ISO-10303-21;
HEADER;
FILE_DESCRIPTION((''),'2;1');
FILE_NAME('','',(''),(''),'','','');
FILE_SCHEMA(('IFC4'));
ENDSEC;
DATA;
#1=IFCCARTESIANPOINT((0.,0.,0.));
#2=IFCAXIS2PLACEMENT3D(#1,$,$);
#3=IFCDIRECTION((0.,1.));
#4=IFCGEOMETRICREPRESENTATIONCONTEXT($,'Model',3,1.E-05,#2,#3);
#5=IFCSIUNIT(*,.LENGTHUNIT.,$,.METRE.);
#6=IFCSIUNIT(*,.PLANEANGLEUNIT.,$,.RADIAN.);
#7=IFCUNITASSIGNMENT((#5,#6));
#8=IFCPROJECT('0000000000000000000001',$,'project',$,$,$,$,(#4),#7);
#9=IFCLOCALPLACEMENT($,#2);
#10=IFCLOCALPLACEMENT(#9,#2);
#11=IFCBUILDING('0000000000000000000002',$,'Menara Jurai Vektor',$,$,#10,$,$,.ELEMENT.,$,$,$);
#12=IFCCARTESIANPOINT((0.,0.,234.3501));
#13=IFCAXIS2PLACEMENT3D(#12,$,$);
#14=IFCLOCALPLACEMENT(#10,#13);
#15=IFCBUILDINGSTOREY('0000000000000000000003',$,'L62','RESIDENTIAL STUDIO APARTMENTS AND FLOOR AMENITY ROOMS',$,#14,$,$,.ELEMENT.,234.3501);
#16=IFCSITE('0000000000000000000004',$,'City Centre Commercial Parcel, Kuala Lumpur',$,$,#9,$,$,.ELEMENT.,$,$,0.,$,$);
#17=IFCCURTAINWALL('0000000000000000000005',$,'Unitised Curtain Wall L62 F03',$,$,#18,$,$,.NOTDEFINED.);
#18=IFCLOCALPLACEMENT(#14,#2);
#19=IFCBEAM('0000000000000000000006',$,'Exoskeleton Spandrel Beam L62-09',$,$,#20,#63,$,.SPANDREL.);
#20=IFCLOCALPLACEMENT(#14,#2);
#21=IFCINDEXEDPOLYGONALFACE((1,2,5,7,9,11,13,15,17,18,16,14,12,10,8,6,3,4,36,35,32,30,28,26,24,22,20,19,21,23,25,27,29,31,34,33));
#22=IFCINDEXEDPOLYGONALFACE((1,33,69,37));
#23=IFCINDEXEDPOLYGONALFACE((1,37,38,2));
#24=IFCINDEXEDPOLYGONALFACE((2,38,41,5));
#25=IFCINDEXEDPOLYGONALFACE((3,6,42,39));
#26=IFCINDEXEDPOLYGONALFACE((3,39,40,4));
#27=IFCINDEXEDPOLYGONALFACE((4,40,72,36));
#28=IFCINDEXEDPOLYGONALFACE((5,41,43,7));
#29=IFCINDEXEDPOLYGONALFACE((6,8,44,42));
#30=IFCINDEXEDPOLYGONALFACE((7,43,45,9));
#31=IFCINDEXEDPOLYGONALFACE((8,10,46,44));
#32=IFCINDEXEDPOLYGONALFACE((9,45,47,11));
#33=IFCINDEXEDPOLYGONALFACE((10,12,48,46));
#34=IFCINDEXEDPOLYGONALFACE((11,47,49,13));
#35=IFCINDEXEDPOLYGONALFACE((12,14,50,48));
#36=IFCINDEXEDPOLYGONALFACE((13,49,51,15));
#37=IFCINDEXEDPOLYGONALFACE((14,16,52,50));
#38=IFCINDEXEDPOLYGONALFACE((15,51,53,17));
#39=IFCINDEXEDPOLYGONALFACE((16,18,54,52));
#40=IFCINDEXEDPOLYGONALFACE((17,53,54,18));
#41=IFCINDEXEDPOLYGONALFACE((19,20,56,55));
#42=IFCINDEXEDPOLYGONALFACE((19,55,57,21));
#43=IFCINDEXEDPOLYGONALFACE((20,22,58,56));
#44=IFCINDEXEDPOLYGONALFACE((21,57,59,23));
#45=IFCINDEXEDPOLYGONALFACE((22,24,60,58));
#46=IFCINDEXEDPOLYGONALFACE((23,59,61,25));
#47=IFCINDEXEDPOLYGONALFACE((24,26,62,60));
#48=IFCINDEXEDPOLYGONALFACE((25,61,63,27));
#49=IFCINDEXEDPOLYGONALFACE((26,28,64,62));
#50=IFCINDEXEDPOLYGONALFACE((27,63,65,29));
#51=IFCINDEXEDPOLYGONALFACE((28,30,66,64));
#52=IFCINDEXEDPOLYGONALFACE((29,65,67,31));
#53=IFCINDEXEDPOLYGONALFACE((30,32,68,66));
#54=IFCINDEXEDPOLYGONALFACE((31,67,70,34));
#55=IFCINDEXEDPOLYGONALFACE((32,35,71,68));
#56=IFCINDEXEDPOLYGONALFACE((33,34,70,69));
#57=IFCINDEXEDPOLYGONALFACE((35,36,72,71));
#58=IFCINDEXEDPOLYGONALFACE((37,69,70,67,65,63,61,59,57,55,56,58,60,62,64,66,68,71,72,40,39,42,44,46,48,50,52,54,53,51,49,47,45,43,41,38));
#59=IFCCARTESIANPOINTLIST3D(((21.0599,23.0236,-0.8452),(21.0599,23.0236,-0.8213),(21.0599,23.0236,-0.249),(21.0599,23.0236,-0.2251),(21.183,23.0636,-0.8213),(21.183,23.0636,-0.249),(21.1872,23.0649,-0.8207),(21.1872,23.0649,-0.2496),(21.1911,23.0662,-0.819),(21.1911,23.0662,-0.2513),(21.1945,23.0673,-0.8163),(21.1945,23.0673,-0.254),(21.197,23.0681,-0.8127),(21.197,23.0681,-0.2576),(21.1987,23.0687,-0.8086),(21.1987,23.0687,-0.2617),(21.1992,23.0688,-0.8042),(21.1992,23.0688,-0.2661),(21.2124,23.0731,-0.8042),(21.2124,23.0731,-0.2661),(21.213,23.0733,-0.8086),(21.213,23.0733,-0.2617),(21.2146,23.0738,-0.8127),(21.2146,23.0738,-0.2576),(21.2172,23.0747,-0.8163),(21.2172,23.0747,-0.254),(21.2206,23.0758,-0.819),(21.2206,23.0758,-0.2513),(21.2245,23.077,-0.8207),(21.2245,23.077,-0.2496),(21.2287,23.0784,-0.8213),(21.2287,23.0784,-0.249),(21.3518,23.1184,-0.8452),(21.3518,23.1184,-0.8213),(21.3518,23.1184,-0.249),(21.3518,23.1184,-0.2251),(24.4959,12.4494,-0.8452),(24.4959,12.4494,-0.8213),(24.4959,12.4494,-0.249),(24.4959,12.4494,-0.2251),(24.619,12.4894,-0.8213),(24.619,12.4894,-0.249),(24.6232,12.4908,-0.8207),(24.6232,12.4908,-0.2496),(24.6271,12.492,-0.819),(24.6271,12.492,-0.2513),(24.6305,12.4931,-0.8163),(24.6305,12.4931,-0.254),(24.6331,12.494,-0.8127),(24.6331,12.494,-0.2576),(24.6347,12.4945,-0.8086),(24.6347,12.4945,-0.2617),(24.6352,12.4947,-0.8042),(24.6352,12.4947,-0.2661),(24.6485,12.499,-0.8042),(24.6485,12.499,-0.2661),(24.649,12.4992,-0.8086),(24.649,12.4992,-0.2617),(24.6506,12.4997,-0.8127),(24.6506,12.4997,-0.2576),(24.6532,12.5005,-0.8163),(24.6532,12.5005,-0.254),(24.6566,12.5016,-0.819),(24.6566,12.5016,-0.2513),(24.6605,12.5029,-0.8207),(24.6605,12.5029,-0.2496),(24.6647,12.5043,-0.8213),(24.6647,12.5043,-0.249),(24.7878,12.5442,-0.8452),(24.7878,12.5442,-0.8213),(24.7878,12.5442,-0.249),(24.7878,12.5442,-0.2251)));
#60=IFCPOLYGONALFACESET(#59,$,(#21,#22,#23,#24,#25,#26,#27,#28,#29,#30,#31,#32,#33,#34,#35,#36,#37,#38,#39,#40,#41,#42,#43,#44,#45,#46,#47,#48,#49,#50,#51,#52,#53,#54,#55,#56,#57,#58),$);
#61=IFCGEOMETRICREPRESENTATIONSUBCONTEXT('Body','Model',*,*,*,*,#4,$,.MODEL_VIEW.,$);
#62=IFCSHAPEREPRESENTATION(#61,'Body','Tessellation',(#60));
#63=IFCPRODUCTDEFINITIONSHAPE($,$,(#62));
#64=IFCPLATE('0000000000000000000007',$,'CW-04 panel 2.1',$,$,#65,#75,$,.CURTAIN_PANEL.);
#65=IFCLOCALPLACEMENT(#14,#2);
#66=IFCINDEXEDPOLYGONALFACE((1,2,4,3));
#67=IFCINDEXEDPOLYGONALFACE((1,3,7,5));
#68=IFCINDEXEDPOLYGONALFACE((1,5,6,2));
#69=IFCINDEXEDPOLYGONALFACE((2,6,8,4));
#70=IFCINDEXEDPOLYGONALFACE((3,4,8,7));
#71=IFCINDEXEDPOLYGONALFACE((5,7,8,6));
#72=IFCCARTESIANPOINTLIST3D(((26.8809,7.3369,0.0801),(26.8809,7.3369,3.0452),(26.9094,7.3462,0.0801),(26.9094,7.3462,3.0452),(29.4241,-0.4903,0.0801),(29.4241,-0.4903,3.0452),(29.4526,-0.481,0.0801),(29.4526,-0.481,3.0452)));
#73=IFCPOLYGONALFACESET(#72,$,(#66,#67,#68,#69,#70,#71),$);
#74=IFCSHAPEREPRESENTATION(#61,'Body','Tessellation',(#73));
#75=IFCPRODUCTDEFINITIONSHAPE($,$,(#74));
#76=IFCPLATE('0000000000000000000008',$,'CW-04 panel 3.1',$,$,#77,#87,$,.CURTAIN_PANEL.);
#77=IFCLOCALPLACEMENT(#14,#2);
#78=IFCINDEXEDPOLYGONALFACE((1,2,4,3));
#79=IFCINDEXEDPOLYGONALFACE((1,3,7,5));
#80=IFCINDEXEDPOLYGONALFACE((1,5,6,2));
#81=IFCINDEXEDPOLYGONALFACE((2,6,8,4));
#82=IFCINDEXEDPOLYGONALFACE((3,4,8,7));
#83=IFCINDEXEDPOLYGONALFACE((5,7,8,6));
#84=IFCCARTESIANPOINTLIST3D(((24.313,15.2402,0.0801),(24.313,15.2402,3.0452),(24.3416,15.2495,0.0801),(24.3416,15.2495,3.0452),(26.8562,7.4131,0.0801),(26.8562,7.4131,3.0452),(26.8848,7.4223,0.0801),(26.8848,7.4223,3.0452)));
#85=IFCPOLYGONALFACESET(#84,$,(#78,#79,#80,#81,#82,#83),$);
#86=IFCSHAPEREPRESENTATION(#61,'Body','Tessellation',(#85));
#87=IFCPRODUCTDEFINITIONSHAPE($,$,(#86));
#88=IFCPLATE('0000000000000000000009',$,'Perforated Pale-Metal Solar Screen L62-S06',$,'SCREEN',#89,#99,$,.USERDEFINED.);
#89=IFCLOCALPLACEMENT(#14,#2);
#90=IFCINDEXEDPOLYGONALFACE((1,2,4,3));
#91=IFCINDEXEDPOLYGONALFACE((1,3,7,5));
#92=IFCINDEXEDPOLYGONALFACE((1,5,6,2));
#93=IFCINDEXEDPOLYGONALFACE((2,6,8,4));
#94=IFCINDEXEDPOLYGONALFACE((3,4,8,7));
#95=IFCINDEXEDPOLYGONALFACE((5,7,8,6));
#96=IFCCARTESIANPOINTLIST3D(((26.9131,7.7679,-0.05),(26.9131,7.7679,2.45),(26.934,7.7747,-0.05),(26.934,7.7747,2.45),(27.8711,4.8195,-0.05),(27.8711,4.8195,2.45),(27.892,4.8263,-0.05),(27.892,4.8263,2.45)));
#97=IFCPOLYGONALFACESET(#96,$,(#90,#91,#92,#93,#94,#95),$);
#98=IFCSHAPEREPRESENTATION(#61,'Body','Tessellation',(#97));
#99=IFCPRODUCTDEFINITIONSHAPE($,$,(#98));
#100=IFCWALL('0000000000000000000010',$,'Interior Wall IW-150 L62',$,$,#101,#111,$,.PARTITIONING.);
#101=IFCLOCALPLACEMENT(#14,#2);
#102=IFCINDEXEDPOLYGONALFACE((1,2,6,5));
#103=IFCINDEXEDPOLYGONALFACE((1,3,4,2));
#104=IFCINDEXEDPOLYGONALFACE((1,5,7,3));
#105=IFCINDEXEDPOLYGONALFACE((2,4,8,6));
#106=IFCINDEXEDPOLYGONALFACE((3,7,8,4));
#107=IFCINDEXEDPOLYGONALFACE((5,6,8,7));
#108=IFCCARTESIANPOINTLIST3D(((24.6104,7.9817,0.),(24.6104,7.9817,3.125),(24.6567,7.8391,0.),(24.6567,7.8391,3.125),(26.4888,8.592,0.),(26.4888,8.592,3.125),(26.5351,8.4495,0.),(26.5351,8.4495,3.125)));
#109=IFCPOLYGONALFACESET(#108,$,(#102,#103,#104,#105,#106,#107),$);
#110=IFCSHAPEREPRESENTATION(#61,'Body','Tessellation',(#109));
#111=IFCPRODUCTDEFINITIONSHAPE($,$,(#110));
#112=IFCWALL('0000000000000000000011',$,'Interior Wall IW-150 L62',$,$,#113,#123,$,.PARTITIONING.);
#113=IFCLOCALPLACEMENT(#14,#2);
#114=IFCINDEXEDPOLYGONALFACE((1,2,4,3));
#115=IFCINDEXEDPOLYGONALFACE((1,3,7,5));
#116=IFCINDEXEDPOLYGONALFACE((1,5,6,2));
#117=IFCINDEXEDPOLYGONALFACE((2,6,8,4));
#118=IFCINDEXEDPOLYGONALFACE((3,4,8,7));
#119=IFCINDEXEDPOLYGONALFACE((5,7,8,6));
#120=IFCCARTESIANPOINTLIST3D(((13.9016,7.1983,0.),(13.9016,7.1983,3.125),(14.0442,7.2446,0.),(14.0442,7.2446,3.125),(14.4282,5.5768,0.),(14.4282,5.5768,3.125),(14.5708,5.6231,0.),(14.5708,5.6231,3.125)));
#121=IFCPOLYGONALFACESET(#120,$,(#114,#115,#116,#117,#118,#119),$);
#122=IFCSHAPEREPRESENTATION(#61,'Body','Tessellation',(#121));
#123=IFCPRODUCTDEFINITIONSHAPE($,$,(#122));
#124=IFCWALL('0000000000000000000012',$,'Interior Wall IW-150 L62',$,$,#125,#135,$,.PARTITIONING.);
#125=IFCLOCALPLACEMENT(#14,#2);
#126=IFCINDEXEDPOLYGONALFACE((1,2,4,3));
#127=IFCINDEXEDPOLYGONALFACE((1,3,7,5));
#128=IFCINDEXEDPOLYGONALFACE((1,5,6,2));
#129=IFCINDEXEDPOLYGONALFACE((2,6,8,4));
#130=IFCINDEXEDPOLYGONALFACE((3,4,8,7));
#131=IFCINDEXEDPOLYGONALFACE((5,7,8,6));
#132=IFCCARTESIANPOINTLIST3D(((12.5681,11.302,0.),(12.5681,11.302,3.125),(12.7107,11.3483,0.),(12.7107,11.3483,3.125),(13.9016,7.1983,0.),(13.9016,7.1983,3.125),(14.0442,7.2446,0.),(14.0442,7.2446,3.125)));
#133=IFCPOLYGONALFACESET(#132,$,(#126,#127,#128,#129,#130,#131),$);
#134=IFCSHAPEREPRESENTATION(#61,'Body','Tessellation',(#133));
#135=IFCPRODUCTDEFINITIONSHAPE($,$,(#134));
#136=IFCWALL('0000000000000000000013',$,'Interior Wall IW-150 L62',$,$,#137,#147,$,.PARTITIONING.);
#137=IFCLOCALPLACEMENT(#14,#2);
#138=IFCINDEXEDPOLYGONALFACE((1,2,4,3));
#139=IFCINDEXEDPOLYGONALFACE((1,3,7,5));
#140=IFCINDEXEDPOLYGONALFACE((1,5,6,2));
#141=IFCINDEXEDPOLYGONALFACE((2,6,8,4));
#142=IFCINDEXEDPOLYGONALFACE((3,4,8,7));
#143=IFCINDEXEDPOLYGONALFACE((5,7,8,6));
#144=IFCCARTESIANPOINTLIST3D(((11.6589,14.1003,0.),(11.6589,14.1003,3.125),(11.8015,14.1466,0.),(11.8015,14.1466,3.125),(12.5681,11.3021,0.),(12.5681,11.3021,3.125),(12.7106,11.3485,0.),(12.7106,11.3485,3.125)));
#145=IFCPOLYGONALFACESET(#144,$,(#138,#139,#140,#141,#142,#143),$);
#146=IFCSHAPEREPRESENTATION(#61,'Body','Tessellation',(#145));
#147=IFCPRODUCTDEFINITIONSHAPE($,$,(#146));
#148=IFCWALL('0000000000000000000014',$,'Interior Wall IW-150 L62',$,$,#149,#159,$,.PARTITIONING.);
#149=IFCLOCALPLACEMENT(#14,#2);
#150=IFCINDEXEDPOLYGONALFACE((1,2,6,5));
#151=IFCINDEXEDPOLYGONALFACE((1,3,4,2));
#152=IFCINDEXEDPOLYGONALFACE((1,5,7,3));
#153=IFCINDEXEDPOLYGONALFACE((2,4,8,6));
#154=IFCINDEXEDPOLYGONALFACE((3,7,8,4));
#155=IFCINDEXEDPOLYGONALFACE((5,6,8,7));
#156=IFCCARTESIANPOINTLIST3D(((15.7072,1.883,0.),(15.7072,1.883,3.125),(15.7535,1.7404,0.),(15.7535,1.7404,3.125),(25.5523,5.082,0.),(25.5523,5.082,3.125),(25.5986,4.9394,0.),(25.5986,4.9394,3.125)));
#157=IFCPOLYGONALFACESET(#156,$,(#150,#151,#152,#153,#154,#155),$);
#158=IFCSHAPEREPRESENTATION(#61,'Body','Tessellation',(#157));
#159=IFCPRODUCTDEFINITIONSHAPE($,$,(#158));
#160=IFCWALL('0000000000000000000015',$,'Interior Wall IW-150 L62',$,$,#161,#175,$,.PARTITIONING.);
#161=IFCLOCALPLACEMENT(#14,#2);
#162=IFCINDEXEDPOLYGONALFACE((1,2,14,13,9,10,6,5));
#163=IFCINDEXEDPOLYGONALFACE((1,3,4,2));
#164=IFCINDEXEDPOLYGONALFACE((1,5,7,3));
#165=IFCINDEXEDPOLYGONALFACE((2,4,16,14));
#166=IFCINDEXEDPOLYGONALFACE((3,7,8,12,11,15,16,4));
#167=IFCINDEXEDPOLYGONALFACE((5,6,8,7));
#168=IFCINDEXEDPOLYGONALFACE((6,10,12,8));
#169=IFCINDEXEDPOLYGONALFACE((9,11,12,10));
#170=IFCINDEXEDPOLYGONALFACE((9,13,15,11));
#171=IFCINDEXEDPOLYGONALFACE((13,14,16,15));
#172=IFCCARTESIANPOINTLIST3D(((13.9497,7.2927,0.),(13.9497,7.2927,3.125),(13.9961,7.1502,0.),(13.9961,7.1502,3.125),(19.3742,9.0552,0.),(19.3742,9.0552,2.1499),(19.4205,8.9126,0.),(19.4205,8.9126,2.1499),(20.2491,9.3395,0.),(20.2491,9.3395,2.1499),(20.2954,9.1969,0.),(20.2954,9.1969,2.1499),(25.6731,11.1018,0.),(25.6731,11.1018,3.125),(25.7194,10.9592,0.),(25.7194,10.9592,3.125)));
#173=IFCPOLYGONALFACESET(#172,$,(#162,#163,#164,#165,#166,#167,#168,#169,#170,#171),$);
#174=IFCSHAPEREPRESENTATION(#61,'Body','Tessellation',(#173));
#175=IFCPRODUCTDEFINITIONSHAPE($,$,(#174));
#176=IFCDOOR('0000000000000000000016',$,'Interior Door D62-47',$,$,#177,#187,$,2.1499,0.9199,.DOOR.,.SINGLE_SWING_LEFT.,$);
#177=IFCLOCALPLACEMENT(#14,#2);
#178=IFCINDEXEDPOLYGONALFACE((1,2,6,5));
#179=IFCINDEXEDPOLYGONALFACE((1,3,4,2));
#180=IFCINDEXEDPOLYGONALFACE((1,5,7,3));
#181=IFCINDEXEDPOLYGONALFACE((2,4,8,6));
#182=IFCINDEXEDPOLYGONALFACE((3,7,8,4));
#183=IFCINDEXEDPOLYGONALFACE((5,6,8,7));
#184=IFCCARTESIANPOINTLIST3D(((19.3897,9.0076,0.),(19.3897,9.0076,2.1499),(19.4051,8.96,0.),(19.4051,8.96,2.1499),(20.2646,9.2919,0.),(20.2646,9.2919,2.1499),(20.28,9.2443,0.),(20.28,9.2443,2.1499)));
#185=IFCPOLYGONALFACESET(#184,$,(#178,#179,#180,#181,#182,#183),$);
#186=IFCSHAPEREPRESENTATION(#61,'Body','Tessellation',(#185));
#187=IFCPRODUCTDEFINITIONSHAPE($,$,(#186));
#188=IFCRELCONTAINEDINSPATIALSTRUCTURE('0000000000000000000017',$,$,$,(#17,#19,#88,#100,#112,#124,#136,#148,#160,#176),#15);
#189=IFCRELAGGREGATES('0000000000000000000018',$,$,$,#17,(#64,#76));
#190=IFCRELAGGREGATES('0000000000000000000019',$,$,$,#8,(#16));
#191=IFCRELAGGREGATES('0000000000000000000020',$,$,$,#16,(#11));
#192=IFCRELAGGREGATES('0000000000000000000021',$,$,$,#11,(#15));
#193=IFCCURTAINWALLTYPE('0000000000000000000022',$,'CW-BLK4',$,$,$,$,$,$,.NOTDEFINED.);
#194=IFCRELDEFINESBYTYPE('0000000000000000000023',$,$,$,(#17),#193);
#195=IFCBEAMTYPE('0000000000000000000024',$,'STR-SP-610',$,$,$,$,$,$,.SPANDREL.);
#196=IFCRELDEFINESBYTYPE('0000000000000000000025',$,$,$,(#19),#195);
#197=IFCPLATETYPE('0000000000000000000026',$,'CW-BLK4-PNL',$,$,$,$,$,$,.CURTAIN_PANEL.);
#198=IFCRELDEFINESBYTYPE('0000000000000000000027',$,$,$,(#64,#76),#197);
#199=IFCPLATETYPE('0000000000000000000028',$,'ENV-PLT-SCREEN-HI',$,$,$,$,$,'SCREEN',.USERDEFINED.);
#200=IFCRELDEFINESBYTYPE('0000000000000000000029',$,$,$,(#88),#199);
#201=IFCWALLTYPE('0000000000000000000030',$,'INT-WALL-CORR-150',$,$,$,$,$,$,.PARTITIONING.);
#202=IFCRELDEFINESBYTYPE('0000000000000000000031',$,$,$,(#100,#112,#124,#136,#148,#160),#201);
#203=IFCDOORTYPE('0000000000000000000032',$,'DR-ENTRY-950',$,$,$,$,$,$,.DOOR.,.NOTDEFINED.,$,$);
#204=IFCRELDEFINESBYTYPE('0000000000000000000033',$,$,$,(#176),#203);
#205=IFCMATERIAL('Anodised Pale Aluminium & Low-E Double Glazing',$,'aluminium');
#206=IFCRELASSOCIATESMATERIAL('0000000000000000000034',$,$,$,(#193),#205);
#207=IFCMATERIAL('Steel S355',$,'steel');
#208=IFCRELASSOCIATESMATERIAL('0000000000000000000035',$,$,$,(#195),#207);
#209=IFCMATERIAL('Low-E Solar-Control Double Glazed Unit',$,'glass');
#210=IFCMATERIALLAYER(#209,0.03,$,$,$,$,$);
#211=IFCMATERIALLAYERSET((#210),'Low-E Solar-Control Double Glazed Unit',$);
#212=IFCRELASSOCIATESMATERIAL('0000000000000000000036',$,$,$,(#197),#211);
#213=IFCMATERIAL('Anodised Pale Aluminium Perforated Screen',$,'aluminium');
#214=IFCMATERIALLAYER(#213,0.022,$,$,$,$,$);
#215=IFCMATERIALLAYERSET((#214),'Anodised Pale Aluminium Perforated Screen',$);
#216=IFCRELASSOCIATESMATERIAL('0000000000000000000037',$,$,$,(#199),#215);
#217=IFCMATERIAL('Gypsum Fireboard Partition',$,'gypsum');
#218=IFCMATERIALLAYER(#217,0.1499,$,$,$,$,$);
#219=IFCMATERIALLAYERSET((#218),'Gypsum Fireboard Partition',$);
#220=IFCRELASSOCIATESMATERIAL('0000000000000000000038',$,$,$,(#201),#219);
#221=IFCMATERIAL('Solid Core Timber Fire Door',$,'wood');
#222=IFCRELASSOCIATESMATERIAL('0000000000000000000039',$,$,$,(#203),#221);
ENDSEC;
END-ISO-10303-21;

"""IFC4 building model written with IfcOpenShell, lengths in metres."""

from ifc_helpers import new_model, si_unit, direction, frame, frame_2d, origin, origin_2d, place, context, subcontext, project, spatial, rectangle, i_section, extrude, material, layer, layer_set, material_profile, profile_set, type_object, element, fill, aggregate, save


model = new_model("IFC4")

# Units and contexts
model_context = context("Model", 3, precision=1e-05, world=origin(), true_north=direction((0.0, 1.0)))
body_context = subcontext(model_context, "Body", "Model", "MODEL_VIEW")
ifc_project = project(units=[si_unit("LENGTHUNIT", "METRE"), si_unit("PLANEANGLEUNIT", "RADIAN")], contexts=[model_context])

# Site, building, storey
site_placement = place(None, origin())
site = spatial("IfcSite", under=ifc_project, at=site_placement, Name="City Centre Commercial Parcel, Kuala Lumpur", CompositionType="ELEMENT", RefElevation=0.0)
building_placement = place(site_placement, origin())
building = spatial("IfcBuilding", under=site, at=building_placement, Name="Menara Jurai Vektor", CompositionType="ELEMENT")
storey_placement = place(building_placement, frame((0.0, 0.0, 234.3501)))
storey = spatial("IfcBuildingStorey", under=building, at=storey_placement, Name="L62", Description="RESIDENTIAL STUDIO APARTMENTS AND FLOOR AMENITY ROOMS", CompositionType="ELEMENT", Elevation=234.3501)

# Curtain wall
ifc_material_1 = material(Name="Anodised Pale Aluminium & Low-E Double Glazing", Category="aluminium")
curtain_wall_type = type_object("IfcCurtainWallType", Name="CW-BLK4", PredefinedType="NOTDEFINED", material=ifc_material_1)
curtain_wall_placement = place(storey_placement, origin())
curtain_wall = element("IfcCurtainWall", 1, at=curtain_wall_placement, inside=storey, type_object=curtain_wall_type, Name="Unitised Curtain Wall L62 F03", PredefinedType="NOTDEFINED")

# Beam
ifc_material_2 = material(Name="Steel S355", Category="steel")
ifc_material_profile_1 = material_profile(ifc_material_2, i_section(OverallWidth=0.3069, OverallDepth=0.6201, WebThickness=0.0139, FlangeThickness=0.0239, FilletRadius=0.0171, at=origin_2d()), Name="UKB 610x305x179")
ifc_profile_set_1 = profile_set([ifc_material_profile_1], Name="Steel S355")
beam_type_1 = type_object("IfcBeamType", Name="STR-SP-610", PredefinedType="SPANDREL", material=ifc_profile_set_1)
beam_1_placement = place(storey_placement, frame((24.6418, 12.4968, -0.5352), z_axis=(-0.309038, 0.95105, 0.0), x_axis=(-0.95105, -0.309038, 0.0)))
element("IfcBeam", 2, at=beam_1_placement, inside=storey, type_object=beam_type_1, Name="Exoskeleton Spandrel Beam L62-09", PredefinedType="SPANDREL", context=body_context, shape_type="SweptSolid", body=[
    extrude(i_section(OverallWidth=0.3069, OverallDepth=0.6201, WebThickness=0.0139, FlangeThickness=0.0239, FilletRadius=0.0171, at=origin_2d()), origin(), (0.0, 0.0, 1.0), 11.1184),
])

# Plates
ifc_material_3 = material(Name="Low-E Solar-Control Double Glazed Unit", Category="glass")
ifc_layer_1 = layer(ifc_material_3, 0.03)
ifc_layer_set_1 = layer_set([ifc_layer_1], Name="Low-E Solar-Control Double Glazed Unit")
plate_type_1 = type_object("IfcPlateType", Name="CW-BLK4-PNL", PredefinedType="CURTAIN_PANEL", material=ifc_layer_set_1)
plate_1_placement = place(storey_placement, frame((28.1667, 3.428, 0.0801), z_axis=(0.0, 0.0, 1.0), x_axis=(-0.309016, 0.951057, 0.0)))
plate_1 = element("IfcPlate", 3, at=plate_1_placement, type_object=plate_type_1, Name="CW-04 panel 2.1", PredefinedType="CURTAIN_PANEL", context=body_context, shape_type="SweptSolid", body=[
    extrude(rectangle(XDim=8.23, YDim=0.03, at=origin_2d()), origin(), (0.0, 0.0, 1.0), 2.9651),
])
plate_2_placement = place(storey_placement, frame((25.5989, 11.3313, 0.0801), z_axis=(0.0, 0.0, 1.0), x_axis=(-0.309016, 0.951057, 0.0)))
plate_2 = element("IfcPlate", 4, at=plate_2_placement, type_object=plate_type_1, Name="CW-04 panel 3.1", PredefinedType="CURTAIN_PANEL", context=body_context, shape_type="SweptSolid", body=[
    extrude(rectangle(XDim=8.23, YDim=0.03, at=origin_2d()), origin(), (0.0, 0.0, 1.0), 2.9651),
])
aggregate(curtain_wall, [plate_1, plate_2])
ifc_material_4 = material(Name="Anodised Pale Aluminium Perforated Screen", Category="aluminium")
ifc_layer_2 = layer(ifc_material_4, 0.022)
ifc_layer_set_2 = layer_set([ifc_layer_2], Name="Anodised Pale Aluminium Perforated Screen")
plate_type_2 = type_object("IfcPlateType", Name="ENV-PLT-SCREEN-HI", ElementType="SCREEN", PredefinedType="USERDEFINED", material=ifc_layer_set_2)
plate_3_placement = place(storey_placement, frame((27.4026, 6.2971, -0.05), z_axis=(0.0, 0.0, 1.0), x_axis=(-0.309017, 0.951057, 0.0)))
element("IfcPlate", 5, at=plate_3_placement, inside=storey, type_object=plate_type_2, Name="Perforated Pale-Metal Solar Screen L62-S06", ObjectType="SCREEN", PredefinedType="USERDEFINED", context=body_context, shape_type="SweptSolid", body=[
    extrude(rectangle(XDim=3.1001, YDim=0.022, at=origin_2d()), origin(), (0.0, 0.0, 1.0), 2.5),
])

# Shared definitions
ifc_material_5 = material(Name="Gypsum Fireboard Partition", Category="gypsum")
ifc_layer_3 = layer(ifc_material_5, 0.1499)
ifc_layer_set_3 = layer_set([ifc_layer_3], Name="Gypsum Fireboard Partition")
wall_type_1 = type_object("IfcWallType", Name="INT-WALL-CORR-150", PredefinedType="PARTITIONING", material=ifc_layer_set_3)
ifc_material_6 = material(Name="Solid Core Timber Fire Door", Category="wood")
door_type = type_object("IfcDoorType", Name="DR-ENTRY-950", OperationType="NOTDEFINED", PredefinedType="DOOR", material=ifc_material_6)

# Walls
wall_1_placement = place(storey_placement, frame((24.6335, 7.9104, 0.0), z_axis=(0.0, 0.0, 1.0), x_axis=(0.951054, 0.309025, 0.0)))
element("IfcWall", 6, at=wall_1_placement, inside=storey, type_object=wall_type_1, Name="Interior Wall IW-150 L62", PredefinedType="PARTITIONING", context=body_context, shape_type="SweptSolid", body=[
    extrude(rectangle(XDim=1.9751, YDim=0.1499, at=frame_2d((0.9875, 0.0))), origin(), (0.0, 0.0, 1.0), 3.125),
])
wall_2_placement = place(storey_placement, frame((14.4995, 5.5999, 0.0), z_axis=(0.0, 0.0, 1.0), x_axis=(-0.308872, 0.951103, 0.0)))
element("IfcWall", 7, at=wall_2_placement, inside=storey, type_object=wall_type_1, Name="Interior Wall IW-150 L62", PredefinedType="PARTITIONING", context=body_context, shape_type="SweptSolid", body=[
    extrude(rectangle(XDim=1.7048, YDim=0.1499, at=frame_2d((0.8525, 0.0))), origin(), (0.0, 0.0, 1.0), 3.125),
])
wall_3_placement = place(storey_placement, frame((13.9729, 7.2214, 0.0), z_axis=(0.0, 0.0, 1.0), x_axis=(-0.309039, 0.951049, 0.0)))
element("IfcWall", 8, at=wall_3_placement, inside=storey, type_object=wall_type_1, Name="Interior Wall IW-150 L62", PredefinedType="PARTITIONING", context=body_context, shape_type="SweptSolid", body=[
    extrude(rectangle(XDim=4.3149, YDim=0.1499, at=frame_2d((2.1575, 0.0))), origin(), (0.0, 0.0, 1.0), 3.125),
])
wall_4_placement = place(storey_placement, frame((12.6394, 11.3252, 0.0), z_axis=(0.0, 0.0, 1.0), x_axis=(-0.309024, 0.951054, 0.0)))
element("IfcWall", 9, at=wall_4_placement, inside=storey, type_object=wall_type_1, Name="Interior Wall IW-150 L62", PredefinedType="PARTITIONING", context=body_context, shape_type="SweptSolid", body=[
    extrude(rectangle(XDim=2.9421, YDim=0.1499, at=frame_2d((1.4712, 0.0))), origin(), (0.0, 0.0, 1.0), 3.125),
])
wall_5_placement = place(storey_placement, frame((15.7305, 1.8118, 0.0), z_axis=(0.0, 0.0, 1.0), x_axis=(0.951055, 0.309023, 0.0)))
element("IfcWall", 10, at=wall_5_placement, inside=storey, type_object=wall_type_1, Name="Interior Wall IW-150 L62", PredefinedType="PARTITIONING", context=body_context, shape_type="SweptSolid", body=[
    extrude(rectangle(XDim=10.3518, YDim=0.1499, at=frame_2d((5.1758, 0.0))), origin(), (0.0, 0.0, 1.0), 3.125),
])

# Wall, opening, door
wall_6_placement = place(storey_placement, frame((13.9729, 7.2214, 0.0), z_axis=(0.0, 0.0, 1.0), x_axis=(0.951058, 0.309011, 0.0)))
wall_6 = element("IfcWall", 11, at=wall_6_placement, inside=storey, type_object=wall_type_1, Name="Interior Wall IW-150 L62", PredefinedType="PARTITIONING", context=body_context, shape_type="SweptSolid", body=[
    extrude(rectangle(XDim=12.3267, YDim=0.1499, at=frame_2d((6.1633, 0.0))), origin(), (0.0, 0.0, 1.0), 3.125),
])
opening_1_placement = place(wall_6_placement, frame((5.7036, 0.0, 0.0)))
opening_1 = element("IfcOpeningElement", 12, at=opening_1_placement, cuts=wall_6, PredefinedType="OPENING", context=body_context, shape_type="SweptSolid", body=[
    extrude(rectangle(XDim=0.9199, YDim=2.1499, at=frame_2d((0.46, 1.075))), frame((0.0, 0.085, 0.0), z_axis=(0.0, -1.0, 0.0), x_axis=(1.0, 0.0, 0.0)), (0.0, 0.0, 1.0), 0.1699),
])
door_1_placement = place(opening_1_placement, origin())
door_1 = element("IfcDoor", 13, at=door_1_placement, inside=storey, type_object=door_type, Name="Interior Door D62-47", OperationType="SINGLE_SWING_LEFT", OverallHeight=2.1499, OverallWidth=0.9199, PredefinedType="DOOR", context=body_context, shape_type="SweptSolid", body=[
    extrude(rectangle(XDim=0.9199, YDim=2.1499, at=frame_2d((0.46, 1.075))), frame((0.0, 0.0249, 0.0), z_axis=(0.0, -1.0, 0.0), x_axis=(1.0, 0.0, 0.0)), (0.0, 0.0, 1.0), 0.05),
])
fill(opening_1, door_1)

save(model, "model.ifc")
